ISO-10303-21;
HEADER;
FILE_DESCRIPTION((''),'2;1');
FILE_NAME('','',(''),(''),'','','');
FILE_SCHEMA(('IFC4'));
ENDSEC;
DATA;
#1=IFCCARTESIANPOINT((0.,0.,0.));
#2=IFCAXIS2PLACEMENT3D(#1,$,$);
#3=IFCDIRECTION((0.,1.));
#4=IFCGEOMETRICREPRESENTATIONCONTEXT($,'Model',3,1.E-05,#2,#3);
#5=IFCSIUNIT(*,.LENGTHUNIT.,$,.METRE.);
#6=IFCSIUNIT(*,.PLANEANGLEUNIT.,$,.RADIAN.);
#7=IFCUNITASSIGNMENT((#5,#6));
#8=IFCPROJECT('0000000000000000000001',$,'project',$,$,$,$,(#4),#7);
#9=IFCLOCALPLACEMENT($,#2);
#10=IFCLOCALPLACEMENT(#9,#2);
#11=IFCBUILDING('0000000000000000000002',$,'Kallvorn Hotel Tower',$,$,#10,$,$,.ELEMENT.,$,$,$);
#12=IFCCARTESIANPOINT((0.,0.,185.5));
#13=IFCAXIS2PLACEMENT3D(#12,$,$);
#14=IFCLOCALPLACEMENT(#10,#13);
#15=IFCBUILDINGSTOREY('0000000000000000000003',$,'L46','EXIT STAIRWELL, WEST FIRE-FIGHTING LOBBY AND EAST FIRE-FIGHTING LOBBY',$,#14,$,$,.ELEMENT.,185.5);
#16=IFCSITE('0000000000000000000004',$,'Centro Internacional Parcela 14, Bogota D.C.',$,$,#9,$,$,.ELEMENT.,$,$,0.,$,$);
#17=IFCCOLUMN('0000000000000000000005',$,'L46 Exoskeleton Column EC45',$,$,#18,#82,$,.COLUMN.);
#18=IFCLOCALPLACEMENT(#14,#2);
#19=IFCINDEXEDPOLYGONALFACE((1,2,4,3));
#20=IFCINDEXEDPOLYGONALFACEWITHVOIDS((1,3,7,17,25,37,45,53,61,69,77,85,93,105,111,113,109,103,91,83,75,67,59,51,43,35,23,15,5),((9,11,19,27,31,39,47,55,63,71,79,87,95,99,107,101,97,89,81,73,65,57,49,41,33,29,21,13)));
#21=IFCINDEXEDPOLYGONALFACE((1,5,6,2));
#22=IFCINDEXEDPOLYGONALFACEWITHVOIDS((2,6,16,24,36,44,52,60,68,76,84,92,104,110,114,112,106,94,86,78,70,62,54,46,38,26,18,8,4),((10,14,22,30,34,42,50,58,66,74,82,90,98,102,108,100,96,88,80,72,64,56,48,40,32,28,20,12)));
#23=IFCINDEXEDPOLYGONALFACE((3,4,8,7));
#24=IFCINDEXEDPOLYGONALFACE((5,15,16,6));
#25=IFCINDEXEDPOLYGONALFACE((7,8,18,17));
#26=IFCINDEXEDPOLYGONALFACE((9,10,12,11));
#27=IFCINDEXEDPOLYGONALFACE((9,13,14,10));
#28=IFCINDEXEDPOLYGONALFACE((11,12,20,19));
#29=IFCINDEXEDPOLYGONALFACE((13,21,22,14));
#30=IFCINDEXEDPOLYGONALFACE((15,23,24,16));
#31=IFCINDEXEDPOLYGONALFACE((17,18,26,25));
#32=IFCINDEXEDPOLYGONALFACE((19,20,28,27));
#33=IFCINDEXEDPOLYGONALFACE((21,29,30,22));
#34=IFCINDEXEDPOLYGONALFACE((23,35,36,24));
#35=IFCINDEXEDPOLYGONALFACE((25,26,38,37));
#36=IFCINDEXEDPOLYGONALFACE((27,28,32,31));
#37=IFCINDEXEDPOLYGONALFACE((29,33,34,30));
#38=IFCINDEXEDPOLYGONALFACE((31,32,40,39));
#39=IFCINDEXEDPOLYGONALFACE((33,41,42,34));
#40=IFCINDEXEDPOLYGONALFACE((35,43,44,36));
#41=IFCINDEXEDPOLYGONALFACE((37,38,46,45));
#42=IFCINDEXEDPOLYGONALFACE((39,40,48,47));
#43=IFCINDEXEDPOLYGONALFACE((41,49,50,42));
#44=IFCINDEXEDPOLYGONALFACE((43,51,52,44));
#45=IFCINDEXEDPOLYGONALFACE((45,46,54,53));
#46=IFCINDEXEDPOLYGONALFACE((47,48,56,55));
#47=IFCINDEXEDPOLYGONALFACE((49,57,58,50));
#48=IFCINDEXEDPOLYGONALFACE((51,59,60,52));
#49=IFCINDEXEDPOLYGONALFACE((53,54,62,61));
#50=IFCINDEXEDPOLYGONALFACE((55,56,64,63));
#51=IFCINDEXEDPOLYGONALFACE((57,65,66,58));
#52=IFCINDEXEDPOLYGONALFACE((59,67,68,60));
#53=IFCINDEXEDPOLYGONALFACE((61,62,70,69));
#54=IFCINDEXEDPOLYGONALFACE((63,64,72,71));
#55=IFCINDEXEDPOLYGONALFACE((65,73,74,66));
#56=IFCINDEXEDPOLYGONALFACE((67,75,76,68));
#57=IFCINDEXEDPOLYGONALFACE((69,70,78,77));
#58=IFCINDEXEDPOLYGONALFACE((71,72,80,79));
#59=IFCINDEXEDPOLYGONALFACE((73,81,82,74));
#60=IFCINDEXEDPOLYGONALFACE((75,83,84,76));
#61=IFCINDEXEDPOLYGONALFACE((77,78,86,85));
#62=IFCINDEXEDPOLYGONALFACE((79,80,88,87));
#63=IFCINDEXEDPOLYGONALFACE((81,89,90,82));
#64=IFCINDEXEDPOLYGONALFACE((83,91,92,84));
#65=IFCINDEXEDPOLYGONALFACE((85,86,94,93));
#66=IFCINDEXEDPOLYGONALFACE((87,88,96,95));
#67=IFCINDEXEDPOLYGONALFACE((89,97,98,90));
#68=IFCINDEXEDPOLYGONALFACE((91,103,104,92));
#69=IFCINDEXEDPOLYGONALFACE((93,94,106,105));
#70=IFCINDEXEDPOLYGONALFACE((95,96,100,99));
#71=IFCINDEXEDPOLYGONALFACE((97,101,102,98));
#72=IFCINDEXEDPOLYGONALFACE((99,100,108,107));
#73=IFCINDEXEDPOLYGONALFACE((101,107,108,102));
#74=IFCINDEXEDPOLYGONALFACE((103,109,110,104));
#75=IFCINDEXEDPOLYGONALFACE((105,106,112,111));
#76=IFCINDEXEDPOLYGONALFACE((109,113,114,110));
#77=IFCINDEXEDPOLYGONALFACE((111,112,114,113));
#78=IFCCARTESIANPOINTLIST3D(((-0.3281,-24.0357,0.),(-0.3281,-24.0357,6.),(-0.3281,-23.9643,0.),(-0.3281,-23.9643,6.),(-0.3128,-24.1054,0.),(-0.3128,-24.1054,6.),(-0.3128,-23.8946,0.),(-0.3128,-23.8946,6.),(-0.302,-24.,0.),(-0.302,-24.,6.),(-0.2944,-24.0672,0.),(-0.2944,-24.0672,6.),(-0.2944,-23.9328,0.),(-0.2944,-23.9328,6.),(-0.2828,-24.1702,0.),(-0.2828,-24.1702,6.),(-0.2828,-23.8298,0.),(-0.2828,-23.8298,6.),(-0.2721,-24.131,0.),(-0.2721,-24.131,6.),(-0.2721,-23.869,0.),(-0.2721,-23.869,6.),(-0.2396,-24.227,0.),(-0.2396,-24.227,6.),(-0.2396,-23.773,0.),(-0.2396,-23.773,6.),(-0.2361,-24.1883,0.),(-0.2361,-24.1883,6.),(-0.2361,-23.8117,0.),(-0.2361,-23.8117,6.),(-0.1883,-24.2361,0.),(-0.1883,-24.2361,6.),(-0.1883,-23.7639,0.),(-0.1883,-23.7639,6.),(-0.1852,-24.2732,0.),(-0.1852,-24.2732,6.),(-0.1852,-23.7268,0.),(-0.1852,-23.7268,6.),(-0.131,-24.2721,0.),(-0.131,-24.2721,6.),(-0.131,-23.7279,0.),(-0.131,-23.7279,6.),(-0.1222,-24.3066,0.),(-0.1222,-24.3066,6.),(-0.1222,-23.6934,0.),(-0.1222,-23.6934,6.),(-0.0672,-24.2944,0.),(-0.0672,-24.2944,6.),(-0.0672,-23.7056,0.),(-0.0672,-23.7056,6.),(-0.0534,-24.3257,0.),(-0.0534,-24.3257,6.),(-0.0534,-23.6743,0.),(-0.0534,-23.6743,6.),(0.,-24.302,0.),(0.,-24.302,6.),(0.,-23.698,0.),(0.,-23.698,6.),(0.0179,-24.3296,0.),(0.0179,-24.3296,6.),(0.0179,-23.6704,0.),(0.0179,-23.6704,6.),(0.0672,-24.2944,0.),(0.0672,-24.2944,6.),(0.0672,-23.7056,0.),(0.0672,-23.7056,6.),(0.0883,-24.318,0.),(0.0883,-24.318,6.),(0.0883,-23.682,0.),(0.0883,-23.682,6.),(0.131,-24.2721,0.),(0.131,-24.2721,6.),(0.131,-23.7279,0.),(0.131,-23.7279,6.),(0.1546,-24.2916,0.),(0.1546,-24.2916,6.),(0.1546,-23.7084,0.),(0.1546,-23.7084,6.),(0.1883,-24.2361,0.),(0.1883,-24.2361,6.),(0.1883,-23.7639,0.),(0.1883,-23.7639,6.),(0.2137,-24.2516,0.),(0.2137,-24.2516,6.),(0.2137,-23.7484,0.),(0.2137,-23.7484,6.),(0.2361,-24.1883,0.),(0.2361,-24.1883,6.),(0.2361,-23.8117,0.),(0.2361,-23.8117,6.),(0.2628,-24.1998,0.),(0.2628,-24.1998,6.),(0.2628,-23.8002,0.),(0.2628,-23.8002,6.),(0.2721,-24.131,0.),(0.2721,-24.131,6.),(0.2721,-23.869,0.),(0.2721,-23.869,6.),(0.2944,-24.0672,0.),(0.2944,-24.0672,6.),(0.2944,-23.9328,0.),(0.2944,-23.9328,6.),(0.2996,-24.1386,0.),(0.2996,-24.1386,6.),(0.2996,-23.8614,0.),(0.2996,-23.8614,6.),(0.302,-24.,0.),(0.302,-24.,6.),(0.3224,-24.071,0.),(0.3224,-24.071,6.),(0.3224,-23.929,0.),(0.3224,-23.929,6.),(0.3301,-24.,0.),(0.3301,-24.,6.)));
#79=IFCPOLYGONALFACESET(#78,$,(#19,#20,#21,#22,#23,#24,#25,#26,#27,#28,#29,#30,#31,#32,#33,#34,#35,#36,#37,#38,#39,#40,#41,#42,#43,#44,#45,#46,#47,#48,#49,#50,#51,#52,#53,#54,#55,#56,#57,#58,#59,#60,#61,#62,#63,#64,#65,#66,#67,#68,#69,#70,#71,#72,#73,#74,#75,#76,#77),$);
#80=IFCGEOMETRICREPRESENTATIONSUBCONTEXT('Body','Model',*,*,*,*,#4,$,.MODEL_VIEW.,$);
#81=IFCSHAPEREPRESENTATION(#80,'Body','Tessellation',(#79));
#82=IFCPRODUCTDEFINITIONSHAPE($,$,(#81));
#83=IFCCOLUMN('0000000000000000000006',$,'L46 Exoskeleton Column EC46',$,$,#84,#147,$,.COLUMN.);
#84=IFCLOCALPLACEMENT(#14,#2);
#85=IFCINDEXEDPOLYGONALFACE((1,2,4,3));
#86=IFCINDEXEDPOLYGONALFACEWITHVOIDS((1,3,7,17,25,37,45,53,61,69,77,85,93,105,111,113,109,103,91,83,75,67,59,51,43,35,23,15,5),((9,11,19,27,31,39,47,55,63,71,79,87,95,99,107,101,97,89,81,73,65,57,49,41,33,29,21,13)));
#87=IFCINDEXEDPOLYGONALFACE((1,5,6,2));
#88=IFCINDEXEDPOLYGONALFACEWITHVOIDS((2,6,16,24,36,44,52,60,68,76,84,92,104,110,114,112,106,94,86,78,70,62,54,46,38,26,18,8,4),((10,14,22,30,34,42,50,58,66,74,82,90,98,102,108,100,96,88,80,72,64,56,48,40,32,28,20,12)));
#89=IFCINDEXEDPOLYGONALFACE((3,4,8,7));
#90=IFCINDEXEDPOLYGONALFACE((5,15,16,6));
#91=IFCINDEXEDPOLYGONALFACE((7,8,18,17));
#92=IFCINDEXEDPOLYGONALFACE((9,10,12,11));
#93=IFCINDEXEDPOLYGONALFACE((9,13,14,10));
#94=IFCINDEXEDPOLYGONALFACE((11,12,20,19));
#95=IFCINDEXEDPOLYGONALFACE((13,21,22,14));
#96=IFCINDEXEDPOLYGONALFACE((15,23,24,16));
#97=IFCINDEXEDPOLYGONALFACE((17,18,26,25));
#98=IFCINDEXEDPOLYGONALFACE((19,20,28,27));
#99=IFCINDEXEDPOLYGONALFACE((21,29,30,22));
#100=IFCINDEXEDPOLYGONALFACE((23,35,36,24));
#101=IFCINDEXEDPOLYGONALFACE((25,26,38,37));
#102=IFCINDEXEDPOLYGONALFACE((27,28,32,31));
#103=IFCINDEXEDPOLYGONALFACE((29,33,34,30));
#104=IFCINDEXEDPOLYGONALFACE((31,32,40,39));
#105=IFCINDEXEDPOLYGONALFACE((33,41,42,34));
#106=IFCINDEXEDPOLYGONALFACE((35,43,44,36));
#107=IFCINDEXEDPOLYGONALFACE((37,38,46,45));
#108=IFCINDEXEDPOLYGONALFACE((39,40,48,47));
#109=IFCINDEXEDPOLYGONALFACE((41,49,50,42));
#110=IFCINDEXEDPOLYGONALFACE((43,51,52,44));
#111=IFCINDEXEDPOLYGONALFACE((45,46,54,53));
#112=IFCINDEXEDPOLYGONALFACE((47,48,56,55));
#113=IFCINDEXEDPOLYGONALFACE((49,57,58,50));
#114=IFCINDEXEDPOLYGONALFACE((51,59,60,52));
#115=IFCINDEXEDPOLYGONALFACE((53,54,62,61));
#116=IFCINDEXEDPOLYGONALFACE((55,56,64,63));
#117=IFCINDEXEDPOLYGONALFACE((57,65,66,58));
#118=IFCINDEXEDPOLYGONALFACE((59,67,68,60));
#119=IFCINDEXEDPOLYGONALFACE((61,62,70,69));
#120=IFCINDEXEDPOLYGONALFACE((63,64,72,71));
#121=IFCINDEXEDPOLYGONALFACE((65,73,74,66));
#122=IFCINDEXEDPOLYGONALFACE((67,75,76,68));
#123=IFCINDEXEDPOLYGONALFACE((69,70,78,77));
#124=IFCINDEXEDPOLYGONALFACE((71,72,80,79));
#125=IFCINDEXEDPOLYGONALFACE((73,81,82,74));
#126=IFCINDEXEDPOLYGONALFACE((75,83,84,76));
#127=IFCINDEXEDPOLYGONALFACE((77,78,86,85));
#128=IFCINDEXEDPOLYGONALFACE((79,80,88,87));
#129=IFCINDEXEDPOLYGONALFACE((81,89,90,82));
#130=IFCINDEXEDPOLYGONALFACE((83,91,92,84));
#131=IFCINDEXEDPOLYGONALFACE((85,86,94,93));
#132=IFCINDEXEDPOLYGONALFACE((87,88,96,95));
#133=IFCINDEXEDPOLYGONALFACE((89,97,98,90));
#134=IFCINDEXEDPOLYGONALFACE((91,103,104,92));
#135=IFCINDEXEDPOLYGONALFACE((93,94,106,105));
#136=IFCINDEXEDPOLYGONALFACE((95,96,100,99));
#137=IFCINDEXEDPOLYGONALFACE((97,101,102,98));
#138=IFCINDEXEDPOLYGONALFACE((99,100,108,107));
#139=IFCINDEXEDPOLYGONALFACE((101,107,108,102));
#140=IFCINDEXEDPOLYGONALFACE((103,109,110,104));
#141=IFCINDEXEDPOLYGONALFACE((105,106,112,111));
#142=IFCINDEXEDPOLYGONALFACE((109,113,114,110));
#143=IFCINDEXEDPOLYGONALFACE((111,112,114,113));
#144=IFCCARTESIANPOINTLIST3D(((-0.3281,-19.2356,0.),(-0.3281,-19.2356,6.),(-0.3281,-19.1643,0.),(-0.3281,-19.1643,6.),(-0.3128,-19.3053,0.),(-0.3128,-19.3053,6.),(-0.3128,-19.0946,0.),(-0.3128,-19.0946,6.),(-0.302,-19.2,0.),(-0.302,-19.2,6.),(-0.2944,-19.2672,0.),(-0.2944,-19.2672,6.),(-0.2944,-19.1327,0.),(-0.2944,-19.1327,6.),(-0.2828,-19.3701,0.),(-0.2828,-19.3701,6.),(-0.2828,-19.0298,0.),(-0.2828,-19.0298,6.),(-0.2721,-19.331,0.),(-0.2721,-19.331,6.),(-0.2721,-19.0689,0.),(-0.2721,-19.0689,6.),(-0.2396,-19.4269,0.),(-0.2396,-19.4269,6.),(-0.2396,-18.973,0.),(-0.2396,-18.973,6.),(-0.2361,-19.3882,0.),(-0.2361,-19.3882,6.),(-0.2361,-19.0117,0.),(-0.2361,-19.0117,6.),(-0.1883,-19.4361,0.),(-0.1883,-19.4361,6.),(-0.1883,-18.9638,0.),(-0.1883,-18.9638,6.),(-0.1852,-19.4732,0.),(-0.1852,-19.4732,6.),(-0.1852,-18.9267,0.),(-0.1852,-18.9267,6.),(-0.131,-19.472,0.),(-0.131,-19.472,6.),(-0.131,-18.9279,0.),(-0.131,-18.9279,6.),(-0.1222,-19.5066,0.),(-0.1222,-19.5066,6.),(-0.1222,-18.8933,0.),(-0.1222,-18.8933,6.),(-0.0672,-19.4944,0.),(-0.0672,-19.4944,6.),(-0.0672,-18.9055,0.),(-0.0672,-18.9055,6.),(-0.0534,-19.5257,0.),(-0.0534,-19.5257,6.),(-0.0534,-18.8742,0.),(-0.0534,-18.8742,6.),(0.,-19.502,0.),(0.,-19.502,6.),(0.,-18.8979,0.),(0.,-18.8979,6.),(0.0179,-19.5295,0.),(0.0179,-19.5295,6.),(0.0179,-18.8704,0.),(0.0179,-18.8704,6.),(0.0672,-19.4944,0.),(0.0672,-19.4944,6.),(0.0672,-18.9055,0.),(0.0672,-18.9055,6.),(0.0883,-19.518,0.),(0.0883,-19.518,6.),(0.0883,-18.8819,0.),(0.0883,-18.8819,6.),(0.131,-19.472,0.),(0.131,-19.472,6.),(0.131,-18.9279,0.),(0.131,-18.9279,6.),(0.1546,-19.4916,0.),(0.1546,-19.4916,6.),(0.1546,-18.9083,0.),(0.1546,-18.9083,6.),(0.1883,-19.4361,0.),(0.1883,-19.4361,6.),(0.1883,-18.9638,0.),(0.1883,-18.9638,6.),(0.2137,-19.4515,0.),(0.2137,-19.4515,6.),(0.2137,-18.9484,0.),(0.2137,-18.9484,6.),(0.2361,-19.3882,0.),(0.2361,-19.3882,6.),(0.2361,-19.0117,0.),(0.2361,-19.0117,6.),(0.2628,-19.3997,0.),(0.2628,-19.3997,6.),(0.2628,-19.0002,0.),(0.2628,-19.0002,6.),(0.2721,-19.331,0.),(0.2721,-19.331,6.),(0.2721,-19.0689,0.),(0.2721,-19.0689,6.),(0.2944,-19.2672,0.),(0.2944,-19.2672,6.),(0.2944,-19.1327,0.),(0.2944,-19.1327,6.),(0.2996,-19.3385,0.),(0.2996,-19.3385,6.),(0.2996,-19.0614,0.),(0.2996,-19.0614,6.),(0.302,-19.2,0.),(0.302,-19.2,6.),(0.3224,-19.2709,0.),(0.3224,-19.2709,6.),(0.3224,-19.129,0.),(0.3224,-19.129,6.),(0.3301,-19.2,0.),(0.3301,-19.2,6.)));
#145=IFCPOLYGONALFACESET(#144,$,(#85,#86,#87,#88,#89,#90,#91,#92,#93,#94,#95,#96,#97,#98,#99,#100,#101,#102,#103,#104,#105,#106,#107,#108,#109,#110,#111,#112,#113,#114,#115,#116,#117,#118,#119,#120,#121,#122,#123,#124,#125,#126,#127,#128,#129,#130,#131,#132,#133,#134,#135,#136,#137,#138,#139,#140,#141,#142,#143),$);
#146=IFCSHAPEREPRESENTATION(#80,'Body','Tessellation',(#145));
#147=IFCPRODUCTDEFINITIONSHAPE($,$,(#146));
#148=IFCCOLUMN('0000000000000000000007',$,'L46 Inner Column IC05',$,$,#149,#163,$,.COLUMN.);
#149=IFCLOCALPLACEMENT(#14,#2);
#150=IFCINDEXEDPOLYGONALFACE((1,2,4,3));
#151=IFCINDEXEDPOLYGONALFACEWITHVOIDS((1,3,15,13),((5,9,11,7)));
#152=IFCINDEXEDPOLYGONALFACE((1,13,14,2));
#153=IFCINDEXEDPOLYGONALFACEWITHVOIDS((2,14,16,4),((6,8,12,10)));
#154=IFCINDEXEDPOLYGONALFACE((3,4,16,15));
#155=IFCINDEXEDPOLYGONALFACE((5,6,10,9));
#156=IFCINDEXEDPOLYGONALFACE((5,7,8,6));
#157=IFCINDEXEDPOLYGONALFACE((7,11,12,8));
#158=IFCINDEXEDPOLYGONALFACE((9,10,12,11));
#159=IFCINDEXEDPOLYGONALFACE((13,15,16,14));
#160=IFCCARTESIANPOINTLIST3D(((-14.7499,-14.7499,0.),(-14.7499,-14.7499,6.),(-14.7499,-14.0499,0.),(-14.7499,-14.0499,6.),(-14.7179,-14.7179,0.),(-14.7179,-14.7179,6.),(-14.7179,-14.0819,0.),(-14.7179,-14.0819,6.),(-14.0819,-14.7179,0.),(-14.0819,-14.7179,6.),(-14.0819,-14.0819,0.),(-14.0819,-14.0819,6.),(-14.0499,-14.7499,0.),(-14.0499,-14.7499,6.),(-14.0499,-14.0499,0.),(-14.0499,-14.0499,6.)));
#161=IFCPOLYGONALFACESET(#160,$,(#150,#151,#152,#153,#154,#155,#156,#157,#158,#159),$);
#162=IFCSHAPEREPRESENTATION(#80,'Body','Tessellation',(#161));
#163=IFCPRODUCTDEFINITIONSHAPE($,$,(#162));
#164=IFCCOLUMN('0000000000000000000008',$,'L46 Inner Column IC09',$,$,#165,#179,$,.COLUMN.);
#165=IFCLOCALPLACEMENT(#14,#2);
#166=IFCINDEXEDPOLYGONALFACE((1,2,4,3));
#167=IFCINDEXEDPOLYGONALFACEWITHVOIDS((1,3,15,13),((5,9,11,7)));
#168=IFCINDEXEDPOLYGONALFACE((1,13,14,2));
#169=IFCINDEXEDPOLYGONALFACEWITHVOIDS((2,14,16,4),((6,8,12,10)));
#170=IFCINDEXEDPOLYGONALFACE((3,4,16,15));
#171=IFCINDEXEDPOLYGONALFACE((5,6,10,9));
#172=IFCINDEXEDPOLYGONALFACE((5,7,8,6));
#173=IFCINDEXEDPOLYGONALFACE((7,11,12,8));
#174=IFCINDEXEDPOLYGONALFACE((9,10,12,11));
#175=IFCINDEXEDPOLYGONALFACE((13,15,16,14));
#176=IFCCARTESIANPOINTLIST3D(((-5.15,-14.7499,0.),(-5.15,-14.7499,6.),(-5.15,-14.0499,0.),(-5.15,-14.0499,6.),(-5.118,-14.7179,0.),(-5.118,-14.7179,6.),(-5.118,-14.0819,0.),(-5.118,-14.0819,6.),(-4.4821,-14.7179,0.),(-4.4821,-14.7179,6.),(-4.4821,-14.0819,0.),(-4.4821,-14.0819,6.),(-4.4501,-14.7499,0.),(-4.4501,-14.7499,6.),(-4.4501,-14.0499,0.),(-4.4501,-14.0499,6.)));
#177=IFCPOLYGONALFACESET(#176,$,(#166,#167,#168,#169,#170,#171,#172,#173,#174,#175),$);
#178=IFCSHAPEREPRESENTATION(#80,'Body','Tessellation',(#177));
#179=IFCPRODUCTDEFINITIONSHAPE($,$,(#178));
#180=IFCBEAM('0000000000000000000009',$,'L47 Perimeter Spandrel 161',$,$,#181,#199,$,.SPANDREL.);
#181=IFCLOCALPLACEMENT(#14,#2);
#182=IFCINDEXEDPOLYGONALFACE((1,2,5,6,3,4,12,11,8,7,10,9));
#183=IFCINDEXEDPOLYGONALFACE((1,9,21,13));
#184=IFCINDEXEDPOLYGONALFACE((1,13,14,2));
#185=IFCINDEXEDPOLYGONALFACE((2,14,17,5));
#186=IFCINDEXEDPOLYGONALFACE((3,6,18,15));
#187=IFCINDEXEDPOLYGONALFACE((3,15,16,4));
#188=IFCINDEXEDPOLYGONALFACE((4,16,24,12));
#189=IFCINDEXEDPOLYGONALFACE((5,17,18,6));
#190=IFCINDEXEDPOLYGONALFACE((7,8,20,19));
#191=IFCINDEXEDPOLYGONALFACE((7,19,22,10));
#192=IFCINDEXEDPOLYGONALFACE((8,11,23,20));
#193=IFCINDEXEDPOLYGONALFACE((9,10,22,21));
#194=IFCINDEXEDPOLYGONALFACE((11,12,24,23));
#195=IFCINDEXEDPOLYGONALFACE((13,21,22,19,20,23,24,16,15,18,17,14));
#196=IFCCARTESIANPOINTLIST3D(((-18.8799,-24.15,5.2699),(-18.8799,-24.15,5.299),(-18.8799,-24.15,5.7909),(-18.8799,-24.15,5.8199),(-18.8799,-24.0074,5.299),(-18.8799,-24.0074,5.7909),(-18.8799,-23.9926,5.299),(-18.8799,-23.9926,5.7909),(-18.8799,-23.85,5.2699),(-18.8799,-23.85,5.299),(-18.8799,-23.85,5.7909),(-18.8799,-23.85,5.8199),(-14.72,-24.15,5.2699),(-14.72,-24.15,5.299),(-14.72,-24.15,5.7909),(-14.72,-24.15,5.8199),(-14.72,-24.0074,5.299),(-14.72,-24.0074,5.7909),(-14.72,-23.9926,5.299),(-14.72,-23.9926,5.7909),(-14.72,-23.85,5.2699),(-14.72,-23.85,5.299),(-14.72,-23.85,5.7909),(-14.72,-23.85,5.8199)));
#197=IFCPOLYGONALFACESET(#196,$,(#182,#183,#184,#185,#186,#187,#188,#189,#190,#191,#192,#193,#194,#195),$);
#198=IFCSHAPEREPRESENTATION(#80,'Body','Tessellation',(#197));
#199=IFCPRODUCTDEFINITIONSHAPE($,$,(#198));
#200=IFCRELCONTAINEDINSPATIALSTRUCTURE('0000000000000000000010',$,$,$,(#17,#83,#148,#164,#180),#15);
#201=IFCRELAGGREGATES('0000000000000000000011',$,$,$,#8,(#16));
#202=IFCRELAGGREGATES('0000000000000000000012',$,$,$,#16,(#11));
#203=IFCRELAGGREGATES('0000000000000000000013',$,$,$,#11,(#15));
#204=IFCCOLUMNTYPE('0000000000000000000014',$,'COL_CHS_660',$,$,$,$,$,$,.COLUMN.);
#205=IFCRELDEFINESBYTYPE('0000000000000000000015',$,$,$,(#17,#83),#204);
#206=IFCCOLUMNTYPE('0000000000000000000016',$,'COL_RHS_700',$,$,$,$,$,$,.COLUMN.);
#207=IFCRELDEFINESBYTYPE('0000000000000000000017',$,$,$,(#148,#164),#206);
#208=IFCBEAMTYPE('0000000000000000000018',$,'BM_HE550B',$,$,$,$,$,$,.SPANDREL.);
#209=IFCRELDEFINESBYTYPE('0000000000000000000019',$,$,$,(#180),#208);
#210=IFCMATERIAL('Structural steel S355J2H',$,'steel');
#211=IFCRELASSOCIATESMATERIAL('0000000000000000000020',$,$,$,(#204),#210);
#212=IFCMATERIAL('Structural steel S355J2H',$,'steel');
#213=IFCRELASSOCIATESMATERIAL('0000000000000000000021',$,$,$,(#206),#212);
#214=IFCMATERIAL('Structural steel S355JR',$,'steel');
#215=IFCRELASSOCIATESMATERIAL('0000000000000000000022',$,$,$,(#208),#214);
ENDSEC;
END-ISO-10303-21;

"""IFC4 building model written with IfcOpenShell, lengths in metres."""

from ifc_helpers import new_model, si_unit, direction, frame, origin, origin_2d, place, context, subcontext, project, spatial, hollow_rectangle, hollow_circle, i_section, extrude, material, material_profile, profile_set, type_object, element, save


model = new_model("IFC4")

# Units and contexts
model_context = context("Model", 3, precision=1e-05, world=origin(), true_north=direction((0.0, 1.0)))
body_context = subcontext(model_context, "Body", "Model", "MODEL_VIEW")
ifc_project = project(units=[si_unit("LENGTHUNIT", "METRE"), si_unit("PLANEANGLEUNIT", "RADIAN")], contexts=[model_context])

# Site, building, storey
site_placement = place(None, origin())
site = spatial("IfcSite", under=ifc_project, at=site_placement, Name="Centro Internacional Parcela 14, Bogota D.C.", CompositionType="ELEMENT", RefElevation=0.0)
building_placement = place(site_placement, origin())
building = spatial("IfcBuilding", under=site, at=building_placement, Name="Kallvorn Hotel Tower", CompositionType="ELEMENT")
storey_placement = place(building_placement, frame((0.0, 0.0, 185.5)))
storey = spatial("IfcBuildingStorey", under=building, at=storey_placement, Name="L46", Description="EXIT STAIRWELL, WEST FIRE-FIGHTING LOBBY AND EAST FIRE-FIGHTING LOBBY", CompositionType="ELEMENT", Elevation=185.5)

# Columns
ifc_material_1 = material(Name="Structural steel S355J2H", Category="steel")
ifc_material_profile_1 = material_profile(ifc_material_1, hollow_circle(Radius=0.3301, WallThickness=0.0281, at=origin_2d()), Name="CHS 660x28")
ifc_profile_set_1 = profile_set([ifc_material_profile_1], Name="Structural steel S355J2H")
column_type_1 = type_object("IfcColumnType", Name="COL_CHS_660", PredefinedType="COLUMN", material=ifc_profile_set_1)
for number, where, z_axis, x_axis, name in (
    (1, (0.0, -24.0, 0.0), (0.0, 0.0, 1.0), (1.0, 0.0, 0.0), "L46 Exoskeleton Column EC45"),
    (2, (0.0, -19.2, 0.0), (0.0, 0.0, 1.0), (1.0, 0.0, 0.0), "L46 Exoskeleton Column EC46"),
):
    element("IfcColumn", number, at=place(storey_placement, frame(where, z_axis=z_axis, x_axis=x_axis)), inside=storey, type_object=column_type_1, Name=name, PredefinedType="COLUMN", context=body_context, shape_type="SweptSolid", body=[
        extrude(hollow_circle(Radius=0.3301, WallThickness=0.0281, at=origin_2d()), origin(), (0.0, 0.0, 1.0), 6.0),
    ])
ifc_material_2 = material(Name="Structural steel S355J2H", Category="steel")
ifc_material_profile_2 = material_profile(ifc_material_2, hollow_rectangle(XDim=0.7, YDim=0.7, WallThickness=0.032, at=origin_2d()), Name="RHS 700x700x32")
ifc_profile_set_2 = profile_set([ifc_material_profile_2], Name="Structural steel S355J2H")
column_type_2 = type_object("IfcColumnType", Name="COL_RHS_700", PredefinedType="COLUMN", material=ifc_profile_set_2)
for number, where, z_axis, x_axis, name in (
    (3, (-14.3999, -14.3999, 0.0), (0.0, 0.0, 1.0), (1.0, 0.0, 0.0), "L46 Inner Column IC05"),
    (4, (-4.8, -14.3999, 0.0), (0.0, 0.0, 1.0), (1.0, 0.0, 0.0), "L46 Inner Column IC09"),
):
    element("IfcColumn", number, at=place(storey_placement, frame(where, z_axis=z_axis, x_axis=x_axis)), inside=storey, type_object=column_type_2, Name=name, PredefinedType="COLUMN", context=body_context, shape_type="SweptSolid", body=[
        extrude(hollow_rectangle(XDim=0.7, YDim=0.7, WallThickness=0.032, at=origin_2d()), origin(), (0.0, 0.0, 1.0), 6.0),
    ])

# Beam
ifc_material_3 = material(Name="Structural steel S355JR", Category="steel")
ifc_material_profile_3 = material_profile(ifc_material_3, i_section(OverallWidth=0.3, OverallDepth=0.55, WebThickness=0.0149, FlangeThickness=0.0291, at=origin_2d()), Name="HE 550 B")
ifc_profile_set_3 = profile_set([ifc_material_profile_3], Name="Structural steel S355JR")
beam_type_1 = type_object("IfcBeamType", Name="BM_HE550B", PredefinedType="SPANDREL", material=ifc_profile_set_3)
beam_1_placement = place(storey_placement, frame((-18.8799, -24.0, 5.5449), z_axis=(1.0, 0.0, 0.0), x_axis=(0.0, 1.0, 0.0)))
element("IfcBeam", 5, at=beam_1_placement, inside=storey, type_object=beam_type_1, Name="L47 Perimeter Spandrel 161", PredefinedType="SPANDREL", context=body_context, shape_type="SweptSolid", body=[
    extrude(i_section(OverallWidth=0.3, OverallDepth=0.55, WebThickness=0.0149, FlangeThickness=0.0291, at=origin_2d()), origin(), (0.0, 0.0, 1.0), 4.1599),
])

save(model, "model.ifc")
